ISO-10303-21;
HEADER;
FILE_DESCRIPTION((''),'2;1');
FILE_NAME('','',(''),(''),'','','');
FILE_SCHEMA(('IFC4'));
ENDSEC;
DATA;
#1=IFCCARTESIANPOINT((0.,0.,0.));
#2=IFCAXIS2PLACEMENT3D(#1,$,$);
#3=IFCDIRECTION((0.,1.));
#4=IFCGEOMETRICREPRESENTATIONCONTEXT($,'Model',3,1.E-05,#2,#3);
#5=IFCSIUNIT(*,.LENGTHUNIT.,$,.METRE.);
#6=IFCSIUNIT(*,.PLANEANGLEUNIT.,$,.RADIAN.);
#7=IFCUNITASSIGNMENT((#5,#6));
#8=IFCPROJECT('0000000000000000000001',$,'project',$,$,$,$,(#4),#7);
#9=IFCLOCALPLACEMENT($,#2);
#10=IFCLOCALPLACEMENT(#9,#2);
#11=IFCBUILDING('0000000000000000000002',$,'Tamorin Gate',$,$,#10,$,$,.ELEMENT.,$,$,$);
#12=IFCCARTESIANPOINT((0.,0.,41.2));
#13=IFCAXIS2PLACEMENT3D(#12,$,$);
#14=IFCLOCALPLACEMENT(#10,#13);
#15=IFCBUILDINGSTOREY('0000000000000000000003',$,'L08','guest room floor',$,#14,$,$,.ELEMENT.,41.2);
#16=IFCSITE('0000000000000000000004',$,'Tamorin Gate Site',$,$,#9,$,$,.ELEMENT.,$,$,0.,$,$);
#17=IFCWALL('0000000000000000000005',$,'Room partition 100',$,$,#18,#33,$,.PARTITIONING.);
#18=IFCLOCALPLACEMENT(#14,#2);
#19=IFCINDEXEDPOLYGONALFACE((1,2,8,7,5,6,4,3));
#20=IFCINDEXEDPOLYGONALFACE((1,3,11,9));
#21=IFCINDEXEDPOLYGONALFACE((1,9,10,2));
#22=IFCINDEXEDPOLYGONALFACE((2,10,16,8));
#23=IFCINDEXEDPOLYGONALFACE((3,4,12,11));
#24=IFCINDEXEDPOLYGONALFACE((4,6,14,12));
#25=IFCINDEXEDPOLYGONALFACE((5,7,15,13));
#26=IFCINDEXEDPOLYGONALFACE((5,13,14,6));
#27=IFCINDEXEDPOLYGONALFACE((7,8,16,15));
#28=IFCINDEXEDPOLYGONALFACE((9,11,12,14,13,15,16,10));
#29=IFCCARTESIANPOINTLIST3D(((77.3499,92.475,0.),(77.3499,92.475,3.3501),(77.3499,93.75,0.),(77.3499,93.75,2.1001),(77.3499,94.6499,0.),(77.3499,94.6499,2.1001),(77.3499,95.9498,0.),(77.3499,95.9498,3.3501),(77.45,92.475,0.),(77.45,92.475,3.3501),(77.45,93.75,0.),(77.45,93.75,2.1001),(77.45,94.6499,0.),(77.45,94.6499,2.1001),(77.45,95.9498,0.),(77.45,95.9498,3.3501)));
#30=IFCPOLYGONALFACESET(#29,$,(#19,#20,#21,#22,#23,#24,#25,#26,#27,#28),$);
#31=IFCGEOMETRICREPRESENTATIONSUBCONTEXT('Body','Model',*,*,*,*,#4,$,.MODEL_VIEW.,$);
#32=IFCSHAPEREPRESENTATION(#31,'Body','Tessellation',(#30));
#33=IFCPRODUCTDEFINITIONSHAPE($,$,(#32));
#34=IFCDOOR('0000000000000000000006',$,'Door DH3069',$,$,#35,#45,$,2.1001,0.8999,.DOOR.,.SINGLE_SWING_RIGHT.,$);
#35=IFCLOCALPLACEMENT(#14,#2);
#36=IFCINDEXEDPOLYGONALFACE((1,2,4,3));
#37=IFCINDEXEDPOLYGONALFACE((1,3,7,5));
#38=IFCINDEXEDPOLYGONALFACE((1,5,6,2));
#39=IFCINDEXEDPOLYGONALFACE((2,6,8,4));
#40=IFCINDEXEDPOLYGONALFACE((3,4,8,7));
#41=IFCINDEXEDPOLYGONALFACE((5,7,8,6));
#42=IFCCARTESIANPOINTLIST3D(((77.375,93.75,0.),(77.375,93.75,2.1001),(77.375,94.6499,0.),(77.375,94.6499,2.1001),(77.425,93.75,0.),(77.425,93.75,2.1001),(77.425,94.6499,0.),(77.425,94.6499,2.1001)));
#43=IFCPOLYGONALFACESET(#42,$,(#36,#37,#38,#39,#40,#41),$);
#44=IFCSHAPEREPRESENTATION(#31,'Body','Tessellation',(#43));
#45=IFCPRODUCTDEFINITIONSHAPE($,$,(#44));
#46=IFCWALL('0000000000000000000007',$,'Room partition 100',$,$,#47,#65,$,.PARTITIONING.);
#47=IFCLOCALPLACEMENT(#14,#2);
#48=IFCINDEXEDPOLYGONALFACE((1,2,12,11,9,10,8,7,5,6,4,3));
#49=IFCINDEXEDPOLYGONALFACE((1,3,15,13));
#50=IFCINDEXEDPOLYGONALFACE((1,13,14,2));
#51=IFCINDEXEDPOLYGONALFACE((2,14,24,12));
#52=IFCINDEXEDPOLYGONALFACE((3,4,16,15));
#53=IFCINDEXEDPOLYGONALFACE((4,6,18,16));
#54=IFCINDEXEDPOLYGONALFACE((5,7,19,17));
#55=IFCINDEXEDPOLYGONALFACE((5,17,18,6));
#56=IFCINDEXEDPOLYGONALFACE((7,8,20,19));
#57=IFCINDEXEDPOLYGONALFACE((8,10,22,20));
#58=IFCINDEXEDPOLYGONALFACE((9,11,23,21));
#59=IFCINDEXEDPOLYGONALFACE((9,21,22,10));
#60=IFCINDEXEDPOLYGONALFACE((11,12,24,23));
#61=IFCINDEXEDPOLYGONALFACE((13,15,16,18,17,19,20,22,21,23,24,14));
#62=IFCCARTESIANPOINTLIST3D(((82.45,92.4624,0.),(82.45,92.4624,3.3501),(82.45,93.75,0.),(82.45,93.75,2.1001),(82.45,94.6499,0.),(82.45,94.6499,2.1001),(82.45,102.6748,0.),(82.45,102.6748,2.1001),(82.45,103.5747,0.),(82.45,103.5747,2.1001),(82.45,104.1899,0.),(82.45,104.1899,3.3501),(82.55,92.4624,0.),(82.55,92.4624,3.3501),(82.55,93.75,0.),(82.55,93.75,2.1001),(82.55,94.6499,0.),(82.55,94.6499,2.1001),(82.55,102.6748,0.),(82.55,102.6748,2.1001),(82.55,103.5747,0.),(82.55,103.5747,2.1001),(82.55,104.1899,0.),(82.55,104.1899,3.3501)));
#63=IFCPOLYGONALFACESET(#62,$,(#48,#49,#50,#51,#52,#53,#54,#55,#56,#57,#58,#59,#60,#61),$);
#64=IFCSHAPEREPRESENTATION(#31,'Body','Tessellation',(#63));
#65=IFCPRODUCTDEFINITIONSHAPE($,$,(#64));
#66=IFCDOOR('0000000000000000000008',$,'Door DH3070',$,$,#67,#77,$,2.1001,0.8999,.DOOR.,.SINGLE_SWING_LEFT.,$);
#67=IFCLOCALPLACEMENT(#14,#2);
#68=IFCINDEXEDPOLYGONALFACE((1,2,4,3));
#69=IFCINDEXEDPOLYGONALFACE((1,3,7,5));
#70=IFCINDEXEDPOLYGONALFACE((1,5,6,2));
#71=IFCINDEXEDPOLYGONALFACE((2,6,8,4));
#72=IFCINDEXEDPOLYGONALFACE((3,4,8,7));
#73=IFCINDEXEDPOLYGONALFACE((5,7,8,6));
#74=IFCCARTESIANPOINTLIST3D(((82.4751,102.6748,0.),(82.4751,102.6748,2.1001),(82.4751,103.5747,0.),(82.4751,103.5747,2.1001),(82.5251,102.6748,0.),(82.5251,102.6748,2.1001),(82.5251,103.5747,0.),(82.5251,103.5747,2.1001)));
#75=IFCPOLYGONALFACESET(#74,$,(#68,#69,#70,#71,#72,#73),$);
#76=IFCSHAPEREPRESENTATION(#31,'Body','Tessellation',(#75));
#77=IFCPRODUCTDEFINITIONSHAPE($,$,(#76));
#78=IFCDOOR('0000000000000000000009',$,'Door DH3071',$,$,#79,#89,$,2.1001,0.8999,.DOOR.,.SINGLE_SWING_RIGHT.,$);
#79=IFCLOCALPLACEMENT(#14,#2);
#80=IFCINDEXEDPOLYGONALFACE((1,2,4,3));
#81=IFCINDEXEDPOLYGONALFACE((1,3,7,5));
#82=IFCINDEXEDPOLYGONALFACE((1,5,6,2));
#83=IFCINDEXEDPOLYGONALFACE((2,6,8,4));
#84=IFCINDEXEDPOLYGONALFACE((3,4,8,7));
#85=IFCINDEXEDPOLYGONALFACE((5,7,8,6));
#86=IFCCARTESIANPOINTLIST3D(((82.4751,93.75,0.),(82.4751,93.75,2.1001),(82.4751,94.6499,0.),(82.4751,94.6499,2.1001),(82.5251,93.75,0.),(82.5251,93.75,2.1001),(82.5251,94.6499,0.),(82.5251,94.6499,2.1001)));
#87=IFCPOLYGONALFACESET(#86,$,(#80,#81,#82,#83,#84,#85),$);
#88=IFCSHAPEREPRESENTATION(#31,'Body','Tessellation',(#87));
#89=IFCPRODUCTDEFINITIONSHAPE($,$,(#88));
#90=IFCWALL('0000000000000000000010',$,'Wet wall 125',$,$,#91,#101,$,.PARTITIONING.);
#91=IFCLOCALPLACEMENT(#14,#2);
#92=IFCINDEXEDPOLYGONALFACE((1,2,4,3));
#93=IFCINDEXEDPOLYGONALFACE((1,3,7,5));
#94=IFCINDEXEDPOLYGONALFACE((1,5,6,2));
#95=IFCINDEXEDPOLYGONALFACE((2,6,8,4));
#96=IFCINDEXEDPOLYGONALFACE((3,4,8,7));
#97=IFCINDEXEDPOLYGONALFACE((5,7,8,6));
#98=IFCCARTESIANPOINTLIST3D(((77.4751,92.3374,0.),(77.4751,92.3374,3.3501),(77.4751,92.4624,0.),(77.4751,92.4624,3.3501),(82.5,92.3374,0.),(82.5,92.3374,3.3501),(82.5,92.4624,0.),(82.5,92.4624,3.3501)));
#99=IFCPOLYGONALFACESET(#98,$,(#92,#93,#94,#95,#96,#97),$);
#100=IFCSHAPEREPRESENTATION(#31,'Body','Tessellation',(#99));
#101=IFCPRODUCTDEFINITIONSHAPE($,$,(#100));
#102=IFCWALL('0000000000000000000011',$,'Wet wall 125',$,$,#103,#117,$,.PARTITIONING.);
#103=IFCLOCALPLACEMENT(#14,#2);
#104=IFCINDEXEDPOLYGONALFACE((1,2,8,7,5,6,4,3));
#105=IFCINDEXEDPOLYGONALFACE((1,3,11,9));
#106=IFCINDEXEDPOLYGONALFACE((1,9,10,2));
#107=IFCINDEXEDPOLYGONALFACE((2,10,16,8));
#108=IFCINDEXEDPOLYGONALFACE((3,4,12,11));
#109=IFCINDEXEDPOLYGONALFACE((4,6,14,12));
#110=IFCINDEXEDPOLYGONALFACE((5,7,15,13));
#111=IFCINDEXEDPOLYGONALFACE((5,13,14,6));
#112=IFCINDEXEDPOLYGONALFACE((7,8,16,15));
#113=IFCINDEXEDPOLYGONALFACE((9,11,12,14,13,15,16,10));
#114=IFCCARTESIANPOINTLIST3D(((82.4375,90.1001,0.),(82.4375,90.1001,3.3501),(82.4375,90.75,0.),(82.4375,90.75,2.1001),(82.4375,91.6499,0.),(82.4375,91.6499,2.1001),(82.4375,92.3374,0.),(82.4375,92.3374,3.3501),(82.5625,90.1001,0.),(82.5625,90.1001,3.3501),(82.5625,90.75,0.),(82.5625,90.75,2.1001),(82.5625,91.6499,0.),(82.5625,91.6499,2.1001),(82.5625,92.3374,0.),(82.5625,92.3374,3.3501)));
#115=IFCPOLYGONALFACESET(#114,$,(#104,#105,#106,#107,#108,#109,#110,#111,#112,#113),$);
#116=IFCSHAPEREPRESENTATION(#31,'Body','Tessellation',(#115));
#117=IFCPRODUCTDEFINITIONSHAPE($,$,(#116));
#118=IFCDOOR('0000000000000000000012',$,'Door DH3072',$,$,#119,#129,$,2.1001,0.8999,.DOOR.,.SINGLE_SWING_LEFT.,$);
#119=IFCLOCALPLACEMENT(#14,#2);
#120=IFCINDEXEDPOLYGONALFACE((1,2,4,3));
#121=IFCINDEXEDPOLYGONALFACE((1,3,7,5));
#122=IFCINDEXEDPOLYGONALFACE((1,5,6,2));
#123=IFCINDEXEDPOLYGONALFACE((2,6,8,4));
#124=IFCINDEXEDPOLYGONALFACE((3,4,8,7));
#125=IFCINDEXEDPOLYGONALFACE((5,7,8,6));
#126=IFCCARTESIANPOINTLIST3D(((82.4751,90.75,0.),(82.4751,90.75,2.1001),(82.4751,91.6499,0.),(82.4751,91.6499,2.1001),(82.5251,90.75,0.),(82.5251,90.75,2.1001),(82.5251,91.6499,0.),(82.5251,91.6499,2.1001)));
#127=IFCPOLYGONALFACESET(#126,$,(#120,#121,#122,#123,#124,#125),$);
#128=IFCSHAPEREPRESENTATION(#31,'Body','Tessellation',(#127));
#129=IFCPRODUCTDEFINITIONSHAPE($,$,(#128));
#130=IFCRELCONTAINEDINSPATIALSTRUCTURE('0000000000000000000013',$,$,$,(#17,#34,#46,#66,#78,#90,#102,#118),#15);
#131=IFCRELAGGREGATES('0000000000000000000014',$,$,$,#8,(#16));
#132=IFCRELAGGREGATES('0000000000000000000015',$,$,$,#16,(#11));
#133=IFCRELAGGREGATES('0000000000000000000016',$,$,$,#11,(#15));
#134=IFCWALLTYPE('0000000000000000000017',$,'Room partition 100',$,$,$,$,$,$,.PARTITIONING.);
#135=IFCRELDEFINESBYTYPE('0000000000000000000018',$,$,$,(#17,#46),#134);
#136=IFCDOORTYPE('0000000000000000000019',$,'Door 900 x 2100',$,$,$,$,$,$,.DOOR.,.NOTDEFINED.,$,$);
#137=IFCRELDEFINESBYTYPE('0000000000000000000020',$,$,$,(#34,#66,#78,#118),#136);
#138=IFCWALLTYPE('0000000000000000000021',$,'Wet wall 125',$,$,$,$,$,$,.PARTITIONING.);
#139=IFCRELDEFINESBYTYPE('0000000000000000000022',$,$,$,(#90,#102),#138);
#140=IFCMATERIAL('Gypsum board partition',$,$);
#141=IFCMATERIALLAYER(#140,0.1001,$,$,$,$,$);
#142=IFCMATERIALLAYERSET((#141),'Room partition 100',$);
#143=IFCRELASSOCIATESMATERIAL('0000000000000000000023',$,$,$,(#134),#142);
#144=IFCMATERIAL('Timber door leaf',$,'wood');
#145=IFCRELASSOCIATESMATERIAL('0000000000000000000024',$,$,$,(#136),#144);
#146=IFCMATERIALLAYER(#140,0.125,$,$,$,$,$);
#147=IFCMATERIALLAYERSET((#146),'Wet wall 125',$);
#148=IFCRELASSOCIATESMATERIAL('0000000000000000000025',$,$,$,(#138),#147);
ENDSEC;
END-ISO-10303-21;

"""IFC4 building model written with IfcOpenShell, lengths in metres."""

from ifc_helpers import new_model, si_unit, direction, frame, frame_2d, origin, place, context, subcontext, project, spatial, rectangle, extrude, material, layer, layer_set, type_object, element, fill, save


model = new_model("IFC4")

# Units and contexts
model_context = context("Model", 3, precision=1e-05, world=origin(), true_north=direction((0.0, 1.0)))
body_context = subcontext(model_context, "Body", "Model", "MODEL_VIEW")
ifc_project = project(units=[si_unit("LENGTHUNIT", "METRE"), si_unit("PLANEANGLEUNIT", "RADIAN")], contexts=[model_context])

# Site, building, storey
site_placement = place(None, origin())
site = spatial("IfcSite", under=ifc_project, at=site_placement, Name="Tamorin Gate Site", CompositionType="ELEMENT", RefElevation=0.0)
building_placement = place(site_placement, origin())
building = spatial("IfcBuilding", under=site, at=building_placement, Name="Tamorin Gate", CompositionType="ELEMENT")
storey_placement = place(building_placement, frame((0.0, 0.0, 41.2)))
storey = spatial("IfcBuildingStorey", under=building, at=storey_placement, Name="L08", Description="guest room floor", CompositionType="ELEMENT", Elevation=41.2)

# Shared definitions
ifc_material_1 = material(Name="Gypsum board partition")

# Wall, opening, door
ifc_layer_1 = layer(ifc_material_1, 0.1001)
ifc_layer_set_1 = layer_set([ifc_layer_1], Name="Room partition 100")
wall_type_1 = type_object("IfcWallType", Name="Room partition 100", PredefinedType="PARTITIONING", material=ifc_layer_set_1)
ifc_material_2 = material(Name="Timber door leaf", Category="wood")
door_type = type_object("IfcDoorType", Name="Door 900 x 2100", OperationType="NOTDEFINED", PredefinedType="DOOR", material=ifc_material_2)
wall_1_placement = place(storey_placement, frame((77.3999, 92.4751, 0.0), z_axis=(0.0, 0.0, 1.0), x_axis=(0.0, 1.0, 0.0)))
wall_1 = element("IfcWall", 1, at=wall_1_placement, inside=storey, type_object=wall_type_1, Name="Room partition 100", PredefinedType="PARTITIONING", context=body_context, shape_type="SweptSolid", body=[
    extrude(rectangle(XDim=3.4749, YDim=0.1001, at=frame_2d((1.7373, 0.0))), origin(), (0.0, 0.0, 1.0), 3.3501),
])
opening_1_placement = place(wall_1_placement, frame((1.2749, 0.0, 0.0)))
opening_1 = element("IfcOpeningElement", 2, at=opening_1_placement, cuts=wall_1, PredefinedType="OPENING", context=body_context, shape_type="SweptSolid", body=[
    extrude(rectangle(XDim=0.8999, YDim=2.1001, at=frame_2d((0.45, 1.05))), frame((0.0, 0.0601, 0.0), z_axis=(0.0, -1.0, 0.0), x_axis=(1.0, 0.0, 0.0)), (0.0, 0.0, 1.0), 0.1201),
])
door_1_placement = place(opening_1_placement, origin())
door_1 = element("IfcDoor", 3, at=door_1_placement, inside=storey, type_object=door_type, Name="Door DH3069", OperationType="SINGLE_SWING_RIGHT", OverallHeight=2.1001, OverallWidth=0.8999, PredefinedType="DOOR", context=body_context, shape_type="SweptSolid", body=[
    extrude(rectangle(XDim=0.8999, YDim=2.1001, at=frame_2d((0.45, 1.05))), frame((0.0, 0.0249, 0.0), z_axis=(0.0, -1.0, 0.0), x_axis=(1.0, 0.0, 0.0)), (0.0, 0.0, 1.0), 0.05),
])
fill(opening_1, door_1)

# Wall, openings, doors
wall_2_placement = place(storey_placement, frame((82.5, 92.4624, 0.0), z_axis=(0.0, 0.0, 1.0), x_axis=(0.0, 1.0, 0.0)))
wall_2 = element("IfcWall", 4, at=wall_2_placement, inside=storey, type_object=wall_type_1, Name="Room partition 100", PredefinedType="PARTITIONING", context=body_context, shape_type="SweptSolid", body=[
    extrude(rectangle(XDim=11.7275, YDim=0.1001, at=frame_2d((5.8638, 0.0))), origin(), (0.0, 0.0, 1.0), 3.3501),
])
opening_2_placement = place(wall_2_placement, frame((10.2124, 0.0, 0.0)))
opening_2 = element("IfcOpeningElement", 5, at=opening_2_placement, cuts=wall_2, PredefinedType="OPENING", context=body_context, shape_type="SweptSolid", body=[
    extrude(rectangle(XDim=0.8999, YDim=2.1001, at=frame_2d((0.45, 1.05))), frame((0.0, 0.0601, 0.0), z_axis=(0.0, -1.0, 0.0), x_axis=(1.0, 0.0, 0.0)), (0.0, 0.0, 1.0), 0.1201),
])
opening_3_placement = place(wall_2_placement, frame((1.2876, 0.0, 0.0)))
opening_3 = element("IfcOpeningElement", 6, at=opening_3_placement, cuts=wall_2, PredefinedType="OPENING", context=body_context, shape_type="SweptSolid", body=[
    extrude(rectangle(XDim=0.8999, YDim=2.1001, at=frame_2d((0.45, 1.05))), frame((0.0, 0.0601, 0.0), z_axis=(0.0, -1.0, 0.0), x_axis=(1.0, 0.0, 0.0)), (0.0, 0.0, 1.0), 0.1201),
])
door_2_placement = place(opening_2_placement, origin())
door_2 = element("IfcDoor", 7, at=door_2_placement, inside=storey, type_object=door_type, Name="Door DH3070", OperationType="SINGLE_SWING_LEFT", OverallHeight=2.1001, OverallWidth=0.8999, PredefinedType="DOOR", context=body_context, shape_type="SweptSolid", body=[
    extrude(rectangle(XDim=0.8999, YDim=2.1001, at=frame_2d((0.45, 1.05))), frame((0.0, 0.0249, 0.0), z_axis=(0.0, -1.0, 0.0), x_axis=(1.0, 0.0, 0.0)), (0.0, 0.0, 1.0), 0.05),
])
fill(opening_2, door_2)
door_3_placement = place(opening_3_placement, origin())
door_3 = element("IfcDoor", 8, at=door_3_placement, inside=storey, type_object=door_type, Name="Door DH3071", OperationType="SINGLE_SWING_RIGHT", OverallHeight=2.1001, OverallWidth=0.8999, PredefinedType="DOOR", context=body_context, shape_type="SweptSolid", body=[
    extrude(rectangle(XDim=0.8999, YDim=2.1001, at=frame_2d((0.45, 1.05))), frame((0.0, 0.0249, 0.0), z_axis=(0.0, -1.0, 0.0), x_axis=(1.0, 0.0, 0.0)), (0.0, 0.0, 1.0), 0.05),
])
fill(opening_3, door_3)

# Wall
ifc_layer_2 = layer(ifc_material_1, 0.125)
ifc_layer_set_2 = layer_set([ifc_layer_2], Name="Wet wall 125")
wall_type_2 = type_object("IfcWallType", Name="Wet wall 125", PredefinedType="PARTITIONING", material=ifc_layer_set_2)
wall_3_placement = place(storey_placement, frame((77.4751, 92.3999, 0.0), z_axis=(0.0, 0.0, 1.0), x_axis=(1.0, 0.0, 0.0)))
element("IfcWall", 9, at=wall_3_placement, inside=storey, type_object=wall_type_2, Name="Wet wall 125", PredefinedType="PARTITIONING", context=body_context, shape_type="SweptSolid", body=[
    extrude(rectangle(XDim=5.0249, YDim=0.125, at=frame_2d((2.5125, 0.0))), origin(), (0.0, 0.0, 1.0), 3.3501),
])

# Wall, opening, door
wall_4_placement = place(storey_placement, frame((82.5, 90.1001, 0.0), z_axis=(0.0, 0.0, 1.0), x_axis=(0.0, 1.0, 0.0)))
wall_4 = element("IfcWall", 10, at=wall_4_placement, inside=storey, type_object=wall_type_2, Name="Wet wall 125", PredefinedType="PARTITIONING", context=body_context, shape_type="SweptSolid", body=[
    extrude(rectangle(XDim=2.2373, YDim=0.125, at=frame_2d((1.1187, 0.0))), origin(), (0.0, 0.0, 1.0), 3.3501),
])
opening_4_placement = place(wall_4_placement, frame((0.6499, 0.0, 0.0)))
opening_4 = element("IfcOpeningElement", 11, at=opening_4_placement, cuts=wall_4, PredefinedType="OPENING", context=body_context, shape_type="SweptSolid", body=[
    extrude(rectangle(XDim=0.8999, YDim=2.1001, at=frame_2d((0.45, 1.05))), frame((0.0, 0.0725, 0.0), z_axis=(0.0, -1.0, 0.0), x_axis=(1.0, 0.0, 0.0)), (0.0, 0.0, 1.0), 0.145),
])
door_4_placement = place(opening_4_placement, origin())
door_4 = element("IfcDoor", 12, at=door_4_placement, inside=storey, type_object=door_type, Name="Door DH3072", OperationType="SINGLE_SWING_LEFT", OverallHeight=2.1001, OverallWidth=0.8999, PredefinedType="DOOR", context=body_context, shape_type="SweptSolid", body=[
    extrude(rectangle(XDim=0.8999, YDim=2.1001, at=frame_2d((0.45, 1.05))), frame((0.0, 0.0249, 0.0), z_axis=(0.0, -1.0, 0.0), x_axis=(1.0, 0.0, 0.0)), (0.0, 0.0, 1.0), 0.05),
])
fill(opening_4, door_4)

save(model, "model.ifc")
